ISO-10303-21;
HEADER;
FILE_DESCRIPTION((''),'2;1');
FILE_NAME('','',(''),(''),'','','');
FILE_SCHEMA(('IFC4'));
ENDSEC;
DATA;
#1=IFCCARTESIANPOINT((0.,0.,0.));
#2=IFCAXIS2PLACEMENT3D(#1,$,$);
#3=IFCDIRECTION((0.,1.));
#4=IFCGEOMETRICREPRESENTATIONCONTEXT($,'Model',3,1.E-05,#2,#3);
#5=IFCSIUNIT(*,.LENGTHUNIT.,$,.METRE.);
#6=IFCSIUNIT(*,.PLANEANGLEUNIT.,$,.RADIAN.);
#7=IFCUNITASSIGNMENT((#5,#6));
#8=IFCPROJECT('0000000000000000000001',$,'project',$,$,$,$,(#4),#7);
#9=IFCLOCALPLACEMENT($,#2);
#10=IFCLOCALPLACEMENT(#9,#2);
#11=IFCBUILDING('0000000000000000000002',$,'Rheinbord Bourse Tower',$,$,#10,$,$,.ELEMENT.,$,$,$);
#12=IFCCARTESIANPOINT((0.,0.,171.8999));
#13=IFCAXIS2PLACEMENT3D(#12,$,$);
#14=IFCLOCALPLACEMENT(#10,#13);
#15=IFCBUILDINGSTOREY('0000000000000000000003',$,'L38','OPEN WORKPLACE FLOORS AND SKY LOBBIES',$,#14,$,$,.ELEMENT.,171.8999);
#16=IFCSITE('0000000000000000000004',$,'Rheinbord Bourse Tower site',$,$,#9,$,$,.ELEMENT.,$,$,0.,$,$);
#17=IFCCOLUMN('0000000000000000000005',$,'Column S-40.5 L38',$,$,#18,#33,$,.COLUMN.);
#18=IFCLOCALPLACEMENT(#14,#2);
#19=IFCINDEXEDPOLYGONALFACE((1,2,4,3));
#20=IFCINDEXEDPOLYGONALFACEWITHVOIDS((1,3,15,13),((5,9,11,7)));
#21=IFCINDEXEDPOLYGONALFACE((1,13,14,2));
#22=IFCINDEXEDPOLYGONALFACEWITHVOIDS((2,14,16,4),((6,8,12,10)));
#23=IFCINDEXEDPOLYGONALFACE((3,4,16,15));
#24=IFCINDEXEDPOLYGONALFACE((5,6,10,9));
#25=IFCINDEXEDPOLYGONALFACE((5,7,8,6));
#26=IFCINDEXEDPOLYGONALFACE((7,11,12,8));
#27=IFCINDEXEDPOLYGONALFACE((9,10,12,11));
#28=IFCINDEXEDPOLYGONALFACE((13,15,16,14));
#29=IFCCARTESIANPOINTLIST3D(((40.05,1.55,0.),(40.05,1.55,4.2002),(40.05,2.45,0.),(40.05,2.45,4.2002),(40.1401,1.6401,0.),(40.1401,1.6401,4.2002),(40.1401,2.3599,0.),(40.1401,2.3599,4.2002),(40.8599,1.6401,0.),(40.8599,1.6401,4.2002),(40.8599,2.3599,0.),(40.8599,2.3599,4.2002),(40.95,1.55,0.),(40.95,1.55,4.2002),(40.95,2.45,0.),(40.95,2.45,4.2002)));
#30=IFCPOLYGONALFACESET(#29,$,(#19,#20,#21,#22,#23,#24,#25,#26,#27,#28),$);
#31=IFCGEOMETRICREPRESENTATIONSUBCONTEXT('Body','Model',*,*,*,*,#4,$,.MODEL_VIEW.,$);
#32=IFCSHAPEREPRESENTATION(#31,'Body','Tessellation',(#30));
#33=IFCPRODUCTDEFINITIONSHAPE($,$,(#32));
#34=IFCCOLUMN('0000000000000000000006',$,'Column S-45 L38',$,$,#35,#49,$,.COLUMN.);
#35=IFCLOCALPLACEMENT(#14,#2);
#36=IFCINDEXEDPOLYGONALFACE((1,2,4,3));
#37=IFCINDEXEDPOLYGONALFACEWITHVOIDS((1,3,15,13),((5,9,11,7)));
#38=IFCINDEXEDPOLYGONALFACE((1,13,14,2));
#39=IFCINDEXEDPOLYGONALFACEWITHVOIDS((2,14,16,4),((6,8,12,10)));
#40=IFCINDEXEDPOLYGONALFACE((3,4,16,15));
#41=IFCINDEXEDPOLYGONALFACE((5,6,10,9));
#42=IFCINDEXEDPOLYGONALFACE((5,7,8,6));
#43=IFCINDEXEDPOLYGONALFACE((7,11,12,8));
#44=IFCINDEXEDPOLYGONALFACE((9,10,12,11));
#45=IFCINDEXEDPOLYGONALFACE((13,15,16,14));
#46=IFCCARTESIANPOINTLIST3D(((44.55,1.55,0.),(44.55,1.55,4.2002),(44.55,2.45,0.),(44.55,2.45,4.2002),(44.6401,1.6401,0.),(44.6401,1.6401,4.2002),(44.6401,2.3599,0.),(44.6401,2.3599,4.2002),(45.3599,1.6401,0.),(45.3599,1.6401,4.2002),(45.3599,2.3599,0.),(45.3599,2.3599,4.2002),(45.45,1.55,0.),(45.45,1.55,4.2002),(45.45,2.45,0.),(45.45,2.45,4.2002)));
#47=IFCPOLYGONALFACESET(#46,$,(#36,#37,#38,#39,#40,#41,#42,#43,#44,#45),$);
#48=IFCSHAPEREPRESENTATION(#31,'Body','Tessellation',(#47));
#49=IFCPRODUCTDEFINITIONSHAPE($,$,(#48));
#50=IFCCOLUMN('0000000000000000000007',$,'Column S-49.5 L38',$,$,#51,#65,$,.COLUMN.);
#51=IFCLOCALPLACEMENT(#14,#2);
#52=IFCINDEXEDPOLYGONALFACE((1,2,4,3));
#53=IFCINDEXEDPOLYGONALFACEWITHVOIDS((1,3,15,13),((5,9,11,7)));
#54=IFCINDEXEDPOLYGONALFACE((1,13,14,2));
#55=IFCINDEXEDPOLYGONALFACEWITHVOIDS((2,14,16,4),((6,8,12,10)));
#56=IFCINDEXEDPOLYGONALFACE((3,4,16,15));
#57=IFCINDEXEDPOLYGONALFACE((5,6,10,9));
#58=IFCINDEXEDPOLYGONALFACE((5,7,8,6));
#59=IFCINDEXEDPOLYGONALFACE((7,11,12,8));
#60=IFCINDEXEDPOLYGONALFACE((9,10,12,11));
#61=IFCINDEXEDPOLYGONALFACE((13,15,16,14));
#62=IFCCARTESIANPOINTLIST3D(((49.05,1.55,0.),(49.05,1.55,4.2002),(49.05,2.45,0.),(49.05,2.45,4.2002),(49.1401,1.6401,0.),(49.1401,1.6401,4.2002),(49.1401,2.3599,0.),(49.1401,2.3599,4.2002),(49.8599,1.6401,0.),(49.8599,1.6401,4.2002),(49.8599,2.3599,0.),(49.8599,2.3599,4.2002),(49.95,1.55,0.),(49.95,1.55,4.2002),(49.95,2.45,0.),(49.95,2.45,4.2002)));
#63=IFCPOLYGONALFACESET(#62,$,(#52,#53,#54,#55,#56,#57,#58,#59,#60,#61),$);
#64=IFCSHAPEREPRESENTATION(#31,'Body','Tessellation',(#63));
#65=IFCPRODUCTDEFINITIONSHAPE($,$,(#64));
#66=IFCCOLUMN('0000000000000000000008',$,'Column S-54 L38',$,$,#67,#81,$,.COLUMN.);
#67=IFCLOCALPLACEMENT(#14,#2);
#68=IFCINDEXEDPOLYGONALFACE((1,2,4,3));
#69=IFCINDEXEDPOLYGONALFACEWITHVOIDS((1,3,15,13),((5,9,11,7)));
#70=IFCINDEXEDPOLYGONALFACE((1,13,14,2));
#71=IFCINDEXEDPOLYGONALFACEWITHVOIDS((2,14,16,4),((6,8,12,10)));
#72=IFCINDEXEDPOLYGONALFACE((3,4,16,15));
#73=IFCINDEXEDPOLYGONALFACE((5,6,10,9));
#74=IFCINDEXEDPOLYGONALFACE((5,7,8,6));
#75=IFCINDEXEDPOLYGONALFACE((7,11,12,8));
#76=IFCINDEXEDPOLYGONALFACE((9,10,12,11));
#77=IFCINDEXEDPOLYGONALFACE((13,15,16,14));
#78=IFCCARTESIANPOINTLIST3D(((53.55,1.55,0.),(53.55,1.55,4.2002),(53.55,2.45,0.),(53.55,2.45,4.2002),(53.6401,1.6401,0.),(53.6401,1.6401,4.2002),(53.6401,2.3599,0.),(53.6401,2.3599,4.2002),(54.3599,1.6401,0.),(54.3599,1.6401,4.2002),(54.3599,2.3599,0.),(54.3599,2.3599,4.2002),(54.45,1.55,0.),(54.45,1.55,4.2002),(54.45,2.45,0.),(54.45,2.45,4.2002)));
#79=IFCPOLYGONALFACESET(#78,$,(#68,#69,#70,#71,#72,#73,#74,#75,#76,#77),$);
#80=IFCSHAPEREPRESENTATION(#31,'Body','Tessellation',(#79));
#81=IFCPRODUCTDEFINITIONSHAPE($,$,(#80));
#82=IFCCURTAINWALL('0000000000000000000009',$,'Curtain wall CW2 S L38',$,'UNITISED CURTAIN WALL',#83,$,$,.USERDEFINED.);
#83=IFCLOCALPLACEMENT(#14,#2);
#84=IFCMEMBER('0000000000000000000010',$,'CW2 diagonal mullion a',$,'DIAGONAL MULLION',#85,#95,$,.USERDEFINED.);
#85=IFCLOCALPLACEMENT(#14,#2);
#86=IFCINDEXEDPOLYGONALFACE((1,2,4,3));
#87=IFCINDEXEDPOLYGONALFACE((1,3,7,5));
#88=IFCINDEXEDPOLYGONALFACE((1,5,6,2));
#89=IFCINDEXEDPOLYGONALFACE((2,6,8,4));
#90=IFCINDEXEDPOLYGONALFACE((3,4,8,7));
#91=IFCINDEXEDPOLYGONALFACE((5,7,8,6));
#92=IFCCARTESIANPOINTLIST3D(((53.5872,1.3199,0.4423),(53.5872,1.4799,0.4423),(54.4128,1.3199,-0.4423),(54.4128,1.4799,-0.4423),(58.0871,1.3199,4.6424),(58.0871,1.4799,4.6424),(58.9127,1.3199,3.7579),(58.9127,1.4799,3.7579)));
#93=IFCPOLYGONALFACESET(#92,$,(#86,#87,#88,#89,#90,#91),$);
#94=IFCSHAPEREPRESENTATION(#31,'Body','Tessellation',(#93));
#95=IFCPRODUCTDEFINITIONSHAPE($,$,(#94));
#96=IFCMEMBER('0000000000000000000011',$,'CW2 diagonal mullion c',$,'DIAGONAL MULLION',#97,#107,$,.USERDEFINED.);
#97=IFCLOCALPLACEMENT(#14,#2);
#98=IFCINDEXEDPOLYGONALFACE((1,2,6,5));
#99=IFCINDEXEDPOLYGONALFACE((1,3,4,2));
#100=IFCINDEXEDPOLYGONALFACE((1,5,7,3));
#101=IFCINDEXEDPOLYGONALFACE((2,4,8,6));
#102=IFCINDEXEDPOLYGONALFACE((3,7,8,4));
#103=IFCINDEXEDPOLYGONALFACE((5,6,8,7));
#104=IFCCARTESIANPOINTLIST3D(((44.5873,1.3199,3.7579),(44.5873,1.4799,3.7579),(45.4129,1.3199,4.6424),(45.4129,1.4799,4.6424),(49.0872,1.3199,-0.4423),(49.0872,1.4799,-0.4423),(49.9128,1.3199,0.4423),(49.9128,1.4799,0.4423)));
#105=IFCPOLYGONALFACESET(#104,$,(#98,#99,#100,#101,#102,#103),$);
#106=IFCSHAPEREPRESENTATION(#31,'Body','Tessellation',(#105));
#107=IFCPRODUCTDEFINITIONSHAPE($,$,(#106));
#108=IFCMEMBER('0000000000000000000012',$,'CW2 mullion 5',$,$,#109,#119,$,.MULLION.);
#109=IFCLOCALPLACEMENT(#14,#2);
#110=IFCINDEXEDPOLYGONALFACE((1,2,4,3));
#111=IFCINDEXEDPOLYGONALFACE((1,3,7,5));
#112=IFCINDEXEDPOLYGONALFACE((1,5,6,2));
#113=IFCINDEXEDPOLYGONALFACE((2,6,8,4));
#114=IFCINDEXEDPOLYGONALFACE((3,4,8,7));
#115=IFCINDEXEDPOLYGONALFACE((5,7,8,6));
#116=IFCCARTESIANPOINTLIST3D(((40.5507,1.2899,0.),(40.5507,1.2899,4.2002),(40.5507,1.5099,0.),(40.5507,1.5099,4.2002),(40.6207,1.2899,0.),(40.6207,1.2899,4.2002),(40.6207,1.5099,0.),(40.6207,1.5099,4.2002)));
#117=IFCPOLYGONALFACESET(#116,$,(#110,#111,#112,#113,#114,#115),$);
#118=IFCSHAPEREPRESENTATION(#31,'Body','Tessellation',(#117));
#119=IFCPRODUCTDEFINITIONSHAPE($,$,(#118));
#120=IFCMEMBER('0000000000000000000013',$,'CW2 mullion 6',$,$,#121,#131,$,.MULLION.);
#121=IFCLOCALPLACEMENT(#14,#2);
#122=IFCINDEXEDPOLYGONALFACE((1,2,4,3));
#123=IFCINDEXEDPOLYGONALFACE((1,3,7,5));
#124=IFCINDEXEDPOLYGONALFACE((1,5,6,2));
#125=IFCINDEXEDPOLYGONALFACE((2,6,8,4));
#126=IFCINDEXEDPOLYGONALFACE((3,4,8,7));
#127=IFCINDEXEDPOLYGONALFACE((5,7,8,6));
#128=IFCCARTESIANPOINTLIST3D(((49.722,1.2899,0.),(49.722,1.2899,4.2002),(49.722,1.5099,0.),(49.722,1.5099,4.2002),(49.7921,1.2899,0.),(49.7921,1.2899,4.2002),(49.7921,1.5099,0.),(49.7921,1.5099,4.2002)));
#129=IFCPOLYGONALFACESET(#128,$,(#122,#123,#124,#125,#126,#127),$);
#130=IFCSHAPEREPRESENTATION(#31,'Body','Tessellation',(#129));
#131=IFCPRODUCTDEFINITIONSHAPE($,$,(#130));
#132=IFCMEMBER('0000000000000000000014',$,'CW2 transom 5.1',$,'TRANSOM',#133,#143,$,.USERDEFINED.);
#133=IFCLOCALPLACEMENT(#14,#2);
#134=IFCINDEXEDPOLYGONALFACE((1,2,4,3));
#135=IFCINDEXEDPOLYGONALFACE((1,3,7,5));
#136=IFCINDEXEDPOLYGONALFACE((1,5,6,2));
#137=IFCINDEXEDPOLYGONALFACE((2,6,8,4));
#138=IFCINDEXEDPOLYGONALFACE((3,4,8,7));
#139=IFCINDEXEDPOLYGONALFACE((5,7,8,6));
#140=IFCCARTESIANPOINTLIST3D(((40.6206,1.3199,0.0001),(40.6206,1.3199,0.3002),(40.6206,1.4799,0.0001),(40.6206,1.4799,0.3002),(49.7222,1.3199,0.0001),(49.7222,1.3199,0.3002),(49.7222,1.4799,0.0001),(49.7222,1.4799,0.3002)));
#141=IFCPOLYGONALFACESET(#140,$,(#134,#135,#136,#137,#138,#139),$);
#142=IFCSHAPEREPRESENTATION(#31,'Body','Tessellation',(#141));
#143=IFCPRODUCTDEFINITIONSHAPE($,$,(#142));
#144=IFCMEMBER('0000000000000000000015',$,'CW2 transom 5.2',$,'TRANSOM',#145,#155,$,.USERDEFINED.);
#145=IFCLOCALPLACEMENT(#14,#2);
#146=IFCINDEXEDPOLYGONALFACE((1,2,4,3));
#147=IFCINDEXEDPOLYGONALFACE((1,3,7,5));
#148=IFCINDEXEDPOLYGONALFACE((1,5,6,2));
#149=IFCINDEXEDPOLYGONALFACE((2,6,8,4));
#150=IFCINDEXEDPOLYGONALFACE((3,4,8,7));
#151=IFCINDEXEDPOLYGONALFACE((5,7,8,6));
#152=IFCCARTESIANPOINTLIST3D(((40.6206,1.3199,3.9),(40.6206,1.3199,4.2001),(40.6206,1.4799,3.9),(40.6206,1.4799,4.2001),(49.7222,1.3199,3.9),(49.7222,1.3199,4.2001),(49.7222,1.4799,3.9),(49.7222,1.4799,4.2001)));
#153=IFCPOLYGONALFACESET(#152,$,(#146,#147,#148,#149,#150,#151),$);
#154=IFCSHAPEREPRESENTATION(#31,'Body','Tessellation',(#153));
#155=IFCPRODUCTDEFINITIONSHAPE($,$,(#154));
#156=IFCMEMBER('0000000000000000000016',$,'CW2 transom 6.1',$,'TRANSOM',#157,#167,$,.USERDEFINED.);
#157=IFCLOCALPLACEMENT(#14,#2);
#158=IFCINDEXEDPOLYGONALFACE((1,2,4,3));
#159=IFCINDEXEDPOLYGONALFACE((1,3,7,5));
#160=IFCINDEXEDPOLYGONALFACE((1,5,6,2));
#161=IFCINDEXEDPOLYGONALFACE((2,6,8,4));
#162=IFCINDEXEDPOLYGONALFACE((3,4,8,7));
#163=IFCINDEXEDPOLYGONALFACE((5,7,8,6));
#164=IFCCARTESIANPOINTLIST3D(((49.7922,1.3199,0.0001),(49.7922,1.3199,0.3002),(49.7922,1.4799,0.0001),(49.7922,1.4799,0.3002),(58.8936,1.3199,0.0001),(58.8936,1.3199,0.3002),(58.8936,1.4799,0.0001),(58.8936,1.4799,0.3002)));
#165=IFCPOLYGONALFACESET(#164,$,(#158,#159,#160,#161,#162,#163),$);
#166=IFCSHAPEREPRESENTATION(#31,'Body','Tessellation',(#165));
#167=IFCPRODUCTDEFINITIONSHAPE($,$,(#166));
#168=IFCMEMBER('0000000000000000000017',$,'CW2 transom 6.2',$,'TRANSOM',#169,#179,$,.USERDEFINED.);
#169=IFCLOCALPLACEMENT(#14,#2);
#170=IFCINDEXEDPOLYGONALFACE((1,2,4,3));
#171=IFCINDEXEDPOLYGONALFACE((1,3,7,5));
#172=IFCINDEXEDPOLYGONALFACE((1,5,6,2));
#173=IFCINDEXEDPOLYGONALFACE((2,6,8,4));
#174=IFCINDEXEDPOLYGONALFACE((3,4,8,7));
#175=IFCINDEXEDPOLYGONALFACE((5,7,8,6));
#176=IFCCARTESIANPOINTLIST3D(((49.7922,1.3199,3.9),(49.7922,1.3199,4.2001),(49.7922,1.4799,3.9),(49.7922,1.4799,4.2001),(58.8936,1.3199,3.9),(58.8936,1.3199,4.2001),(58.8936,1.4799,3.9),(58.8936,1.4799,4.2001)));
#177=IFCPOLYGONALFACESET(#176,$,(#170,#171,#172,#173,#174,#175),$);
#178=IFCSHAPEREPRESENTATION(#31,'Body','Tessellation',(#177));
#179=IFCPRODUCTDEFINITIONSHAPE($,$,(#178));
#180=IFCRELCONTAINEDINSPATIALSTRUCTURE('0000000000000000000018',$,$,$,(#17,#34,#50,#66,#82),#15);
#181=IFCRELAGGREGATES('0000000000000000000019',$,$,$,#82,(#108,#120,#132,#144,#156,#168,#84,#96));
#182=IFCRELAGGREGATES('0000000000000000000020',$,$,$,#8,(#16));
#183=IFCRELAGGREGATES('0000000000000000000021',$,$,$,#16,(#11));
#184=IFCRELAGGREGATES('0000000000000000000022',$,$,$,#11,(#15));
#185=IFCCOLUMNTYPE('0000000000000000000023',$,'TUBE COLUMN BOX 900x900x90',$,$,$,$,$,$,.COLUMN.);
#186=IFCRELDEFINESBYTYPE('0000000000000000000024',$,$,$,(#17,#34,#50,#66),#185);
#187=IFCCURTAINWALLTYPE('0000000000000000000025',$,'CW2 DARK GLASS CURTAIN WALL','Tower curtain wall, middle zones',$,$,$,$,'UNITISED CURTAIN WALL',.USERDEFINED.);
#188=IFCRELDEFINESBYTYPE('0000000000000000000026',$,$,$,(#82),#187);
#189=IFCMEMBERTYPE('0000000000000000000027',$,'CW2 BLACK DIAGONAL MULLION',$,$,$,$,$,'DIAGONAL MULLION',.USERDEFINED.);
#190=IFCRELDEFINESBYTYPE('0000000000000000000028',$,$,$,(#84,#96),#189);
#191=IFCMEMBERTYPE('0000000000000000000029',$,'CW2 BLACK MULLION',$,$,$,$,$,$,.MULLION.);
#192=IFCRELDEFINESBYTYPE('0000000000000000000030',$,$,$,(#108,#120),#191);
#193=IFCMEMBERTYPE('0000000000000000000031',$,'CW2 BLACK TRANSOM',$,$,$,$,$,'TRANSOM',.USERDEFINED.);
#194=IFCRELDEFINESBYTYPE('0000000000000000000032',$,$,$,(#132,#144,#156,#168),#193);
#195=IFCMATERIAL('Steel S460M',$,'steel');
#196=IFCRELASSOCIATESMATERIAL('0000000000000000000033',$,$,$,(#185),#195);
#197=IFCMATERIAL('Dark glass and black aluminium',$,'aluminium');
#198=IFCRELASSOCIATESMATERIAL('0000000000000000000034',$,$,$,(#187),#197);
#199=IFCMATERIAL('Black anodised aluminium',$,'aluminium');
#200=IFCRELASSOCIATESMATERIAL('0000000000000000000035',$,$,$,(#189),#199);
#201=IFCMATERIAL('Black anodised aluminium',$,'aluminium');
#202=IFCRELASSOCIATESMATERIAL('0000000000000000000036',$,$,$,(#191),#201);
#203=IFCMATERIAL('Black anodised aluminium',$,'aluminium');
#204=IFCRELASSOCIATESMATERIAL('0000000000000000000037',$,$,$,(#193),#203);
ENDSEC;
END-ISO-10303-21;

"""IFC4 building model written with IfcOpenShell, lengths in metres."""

from ifc_helpers import new_model, si_unit, direction, frame, origin, origin_2d, place, context, subcontext, project, spatial, rectangle, hollow_rectangle, extrude, material, material_profile, profile_set, type_object, element, aggregate, save


model = new_model("IFC4")

# Units and contexts
model_context = context("Model", 3, precision=1e-05, world=origin(), true_north=direction((0.0, 1.0)))
body_context = subcontext(model_context, "Body", "Model", "MODEL_VIEW")
ifc_project = project(units=[si_unit("LENGTHUNIT", "METRE"), si_unit("PLANEANGLEUNIT", "RADIAN")], contexts=[model_context])

# Site, building, storey
site_placement = place(None, origin())
site = spatial("IfcSite", under=ifc_project, at=site_placement, Name="Rheinbord Bourse Tower site", CompositionType="ELEMENT", RefElevation=0.0)
building_placement = place(site_placement, origin())
building = spatial("IfcBuilding", under=site, at=building_placement, Name="Rheinbord Bourse Tower", CompositionType="ELEMENT")
storey_placement = place(building_placement, frame((0.0, 0.0, 171.8999)))
storey = spatial("IfcBuildingStorey", under=building, at=storey_placement, Name="L38", Description="OPEN WORKPLACE FLOORS AND SKY LOBBIES", CompositionType="ELEMENT", Elevation=171.8999)

# Columns
ifc_material_1 = material(Name="Steel S460M", Category="steel")
ifc_material_profile_1 = material_profile(ifc_material_1, hollow_rectangle(XDim=0.8999, YDim=0.8999, WallThickness=0.0901, at=origin_2d()), Name="BOX 900x900x90")
ifc_profile_set_1 = profile_set([ifc_material_profile_1], Name="Steel S460M")
column_type = type_object("IfcColumnType", Name="TUBE COLUMN BOX 900x900x90", PredefinedType="COLUMN", material=ifc_profile_set_1)
for number, where, z_axis, x_axis, name in (
    (1, (40.5, 2.0, 0.0), (0.0, 0.0, 1.0), (0.0, 1.0, 0.0), "Column S-40.5 L38"),
    (2, (45.0, 2.0, 0.0), (0.0, 0.0, 1.0), (0.0, 1.0, 0.0), "Column S-45 L38"),
    (3, (49.5, 2.0, 0.0), (0.0, 0.0, 1.0), (0.0, 1.0, 0.0), "Column S-49.5 L38"),
    (4, (54.0, 2.0, 0.0), (0.0, 0.0, 1.0), (0.0, 1.0, 0.0), "Column S-54 L38"),
):
    element("IfcColumn", number, at=place(storey_placement, frame(where, z_axis=z_axis, x_axis=x_axis)), inside=storey, type_object=column_type, Name=name, PredefinedType="COLUMN", context=body_context, shape_type="SweptSolid", body=[
        extrude(hollow_rectangle(XDim=0.8999, YDim=0.8999, WallThickness=0.0901, at=origin_2d()), origin(), (0.0, 0.0, 1.0), 4.2002),
    ])

# Curtain wall, members
ifc_material_2 = material(Name="Dark glass and black aluminium", Category="aluminium")
curtain_wall_type = type_object("IfcCurtainWallType", Name="CW2 DARK GLASS CURTAIN WALL", Description="Tower curtain wall, middle zones", ElementType="UNITISED CURTAIN WALL", PredefinedType="USERDEFINED", material=ifc_material_2)
curtain_wall_placement = place(storey_placement, origin())
curtain_wall = element("IfcCurtainWall", 5, at=curtain_wall_placement, inside=storey, type_object=curtain_wall_type, Name="Curtain wall CW2 S L38", ObjectType="UNITISED CURTAIN WALL", PredefinedType="USERDEFINED")
ifc_material_3 = material(Name="Black anodised aluminium", Category="aluminium")
ifc_material_profile_2 = material_profile(ifc_material_3, rectangle(XDim=0.1599, YDim=1.21, at=origin_2d()), Name="CW2 DIAGONAL MULLION 1210x160")
ifc_profile_set_2 = profile_set([ifc_material_profile_2], Name="Black anodised aluminium")
member_type_1 = type_object("IfcMemberType", Name="CW2 BLACK DIAGONAL MULLION", ElementType="DIAGONAL MULLION", PredefinedType="USERDEFINED", material=ifc_profile_set_2)
member_1_placement = place(storey_placement, frame((54.0, 1.3999, 0.0), z_axis=(0.731039, 0.0, 0.682335), x_axis=(0.0, 1.0, 0.0)))
member_1 = element("IfcMember", 6, at=member_1_placement, type_object=member_type_1, Name="CW2 diagonal mullion a", ObjectType="DIAGONAL MULLION", PredefinedType="USERDEFINED", context=body_context, shape_type="SweptSolid", body=[
    extrude(rectangle(XDim=0.1599, YDim=1.21, at=origin_2d()), origin(), (0.0, 0.0, 1.0), 6.1555),
])
member_2_placement = place(storey_placement, frame((49.5, 1.3999, 0.0), z_axis=(-0.731039, 0.0, 0.682335), x_axis=(0.0, -1.0, 0.0)))
member_2 = element("IfcMember", 7, at=member_2_placement, type_object=member_type_1, Name="CW2 diagonal mullion c", ObjectType="DIAGONAL MULLION", PredefinedType="USERDEFINED", context=body_context, shape_type="SweptSolid", body=[
    extrude(rectangle(XDim=0.1599, YDim=1.21, at=origin_2d()), origin(), (0.0, 0.0, 1.0), 6.1555),
])
ifc_material_4 = material(Name="Black anodised aluminium", Category="aluminium")
ifc_material_profile_3 = material_profile(ifc_material_4, rectangle(XDim=0.22, YDim=0.0701, at=origin_2d()), Name="CW2 MULLION 70x220")
ifc_profile_set_3 = profile_set([ifc_material_profile_3], Name="Black anodised aluminium")
member_type_2 = type_object("IfcMemberType", Name="CW2 BLACK MULLION", PredefinedType="MULLION", material=ifc_profile_set_3)
member_3_placement = place(storey_placement, frame((40.5857, 1.3999, 0.0), z_axis=(0.0, 0.0, 1.0), x_axis=(0.0, 1.0, 0.0)))
member_3 = element("IfcMember", 8, at=member_3_placement, type_object=member_type_2, Name="CW2 mullion 5", PredefinedType="MULLION", context=body_context, shape_type="SweptSolid", body=[
    extrude(rectangle(XDim=0.22, YDim=0.0701, at=origin_2d()), origin(), (0.0, 0.0, 1.0), 4.2002),
])
member_4_placement = place(storey_placement, frame((49.7571, 1.3999, 0.0), z_axis=(0.0, 0.0, 1.0), x_axis=(0.0, 1.0, 0.0)))
member_4 = element("IfcMember", 9, at=member_4_placement, type_object=member_type_2, Name="CW2 mullion 6", PredefinedType="MULLION", context=body_context, shape_type="SweptSolid", body=[
    extrude(rectangle(XDim=0.22, YDim=0.0701, at=origin_2d()), origin(), (0.0, 0.0, 1.0), 4.2002),
])
ifc_material_5 = material(Name="Black anodised aluminium", Category="aluminium")
ifc_material_profile_4 = material_profile(ifc_material_5, rectangle(XDim=0.1599, YDim=0.3, at=origin_2d()), Name="CW2 TRANSOM 300x160")
ifc_profile_set_4 = profile_set([ifc_material_profile_4], Name="Black anodised aluminium")
member_type_3 = type_object("IfcMemberType", Name="CW2 BLACK TRANSOM", ElementType="TRANSOM", PredefinedType="USERDEFINED", material=ifc_profile_set_4)
member_5_placement = place(storey_placement, frame((40.6206, 1.3999, 0.1501), z_axis=(1.0, 0.0, 0.0), x_axis=(0.0, 1.0, 0.0)))
member_5 = element("IfcMember", 10, at=member_5_placement, type_object=member_type_3, Name="CW2 transom 5.1", ObjectType="TRANSOM", PredefinedType="USERDEFINED", context=body_context, shape_type="SweptSolid", body=[
    extrude(rectangle(XDim=0.1599, YDim=0.3, at=origin_2d()), origin(), (0.0, 0.0, 1.0), 9.1016),
])
member_6_placement = place(storey_placement, frame((40.6206, 1.3999, 4.05), z_axis=(1.0, 0.0, 0.0), x_axis=(0.0, 1.0, 0.0)))
member_6 = element("IfcMember", 11, at=member_6_placement, type_object=member_type_3, Name="CW2 transom 5.2", ObjectType="TRANSOM", PredefinedType="USERDEFINED", context=body_context, shape_type="SweptSolid", body=[
    extrude(rectangle(XDim=0.1599, YDim=0.3, at=origin_2d()), origin(), (0.0, 0.0, 1.0), 9.1016),
])
member_7_placement = place(storey_placement, frame((49.7922, 1.3999, 0.1501), z_axis=(1.0, 0.0, 0.0), x_axis=(0.0, 1.0, 0.0)))
member_7 = element("IfcMember", 12, at=member_7_placement, type_object=member_type_3, Name="CW2 transom 6.1", ObjectType="TRANSOM", PredefinedType="USERDEFINED", context=body_context, shape_type="SweptSolid", body=[
    extrude(rectangle(XDim=0.1599, YDim=0.3, at=origin_2d()), origin(), (0.0, 0.0, 1.0), 9.1013),
])
member_8_placement = place(storey_placement, frame((49.7922, 1.3999, 4.05), z_axis=(1.0, 0.0, 0.0), x_axis=(0.0, 1.0, 0.0)))
member_8 = element("IfcMember", 13, at=member_8_placement, type_object=member_type_3, Name="CW2 transom 6.2", ObjectType="TRANSOM", PredefinedType="USERDEFINED", context=body_context, shape_type="SweptSolid", body=[
    extrude(rectangle(XDim=0.1599, YDim=0.3, at=origin_2d()), origin(), (0.0, 0.0, 1.0), 9.1013),
])

aggregate(curtain_wall, [member_3, member_4, member_5, member_6, member_7, member_8, member_1, member_2])

save(model, "model.ifc")
